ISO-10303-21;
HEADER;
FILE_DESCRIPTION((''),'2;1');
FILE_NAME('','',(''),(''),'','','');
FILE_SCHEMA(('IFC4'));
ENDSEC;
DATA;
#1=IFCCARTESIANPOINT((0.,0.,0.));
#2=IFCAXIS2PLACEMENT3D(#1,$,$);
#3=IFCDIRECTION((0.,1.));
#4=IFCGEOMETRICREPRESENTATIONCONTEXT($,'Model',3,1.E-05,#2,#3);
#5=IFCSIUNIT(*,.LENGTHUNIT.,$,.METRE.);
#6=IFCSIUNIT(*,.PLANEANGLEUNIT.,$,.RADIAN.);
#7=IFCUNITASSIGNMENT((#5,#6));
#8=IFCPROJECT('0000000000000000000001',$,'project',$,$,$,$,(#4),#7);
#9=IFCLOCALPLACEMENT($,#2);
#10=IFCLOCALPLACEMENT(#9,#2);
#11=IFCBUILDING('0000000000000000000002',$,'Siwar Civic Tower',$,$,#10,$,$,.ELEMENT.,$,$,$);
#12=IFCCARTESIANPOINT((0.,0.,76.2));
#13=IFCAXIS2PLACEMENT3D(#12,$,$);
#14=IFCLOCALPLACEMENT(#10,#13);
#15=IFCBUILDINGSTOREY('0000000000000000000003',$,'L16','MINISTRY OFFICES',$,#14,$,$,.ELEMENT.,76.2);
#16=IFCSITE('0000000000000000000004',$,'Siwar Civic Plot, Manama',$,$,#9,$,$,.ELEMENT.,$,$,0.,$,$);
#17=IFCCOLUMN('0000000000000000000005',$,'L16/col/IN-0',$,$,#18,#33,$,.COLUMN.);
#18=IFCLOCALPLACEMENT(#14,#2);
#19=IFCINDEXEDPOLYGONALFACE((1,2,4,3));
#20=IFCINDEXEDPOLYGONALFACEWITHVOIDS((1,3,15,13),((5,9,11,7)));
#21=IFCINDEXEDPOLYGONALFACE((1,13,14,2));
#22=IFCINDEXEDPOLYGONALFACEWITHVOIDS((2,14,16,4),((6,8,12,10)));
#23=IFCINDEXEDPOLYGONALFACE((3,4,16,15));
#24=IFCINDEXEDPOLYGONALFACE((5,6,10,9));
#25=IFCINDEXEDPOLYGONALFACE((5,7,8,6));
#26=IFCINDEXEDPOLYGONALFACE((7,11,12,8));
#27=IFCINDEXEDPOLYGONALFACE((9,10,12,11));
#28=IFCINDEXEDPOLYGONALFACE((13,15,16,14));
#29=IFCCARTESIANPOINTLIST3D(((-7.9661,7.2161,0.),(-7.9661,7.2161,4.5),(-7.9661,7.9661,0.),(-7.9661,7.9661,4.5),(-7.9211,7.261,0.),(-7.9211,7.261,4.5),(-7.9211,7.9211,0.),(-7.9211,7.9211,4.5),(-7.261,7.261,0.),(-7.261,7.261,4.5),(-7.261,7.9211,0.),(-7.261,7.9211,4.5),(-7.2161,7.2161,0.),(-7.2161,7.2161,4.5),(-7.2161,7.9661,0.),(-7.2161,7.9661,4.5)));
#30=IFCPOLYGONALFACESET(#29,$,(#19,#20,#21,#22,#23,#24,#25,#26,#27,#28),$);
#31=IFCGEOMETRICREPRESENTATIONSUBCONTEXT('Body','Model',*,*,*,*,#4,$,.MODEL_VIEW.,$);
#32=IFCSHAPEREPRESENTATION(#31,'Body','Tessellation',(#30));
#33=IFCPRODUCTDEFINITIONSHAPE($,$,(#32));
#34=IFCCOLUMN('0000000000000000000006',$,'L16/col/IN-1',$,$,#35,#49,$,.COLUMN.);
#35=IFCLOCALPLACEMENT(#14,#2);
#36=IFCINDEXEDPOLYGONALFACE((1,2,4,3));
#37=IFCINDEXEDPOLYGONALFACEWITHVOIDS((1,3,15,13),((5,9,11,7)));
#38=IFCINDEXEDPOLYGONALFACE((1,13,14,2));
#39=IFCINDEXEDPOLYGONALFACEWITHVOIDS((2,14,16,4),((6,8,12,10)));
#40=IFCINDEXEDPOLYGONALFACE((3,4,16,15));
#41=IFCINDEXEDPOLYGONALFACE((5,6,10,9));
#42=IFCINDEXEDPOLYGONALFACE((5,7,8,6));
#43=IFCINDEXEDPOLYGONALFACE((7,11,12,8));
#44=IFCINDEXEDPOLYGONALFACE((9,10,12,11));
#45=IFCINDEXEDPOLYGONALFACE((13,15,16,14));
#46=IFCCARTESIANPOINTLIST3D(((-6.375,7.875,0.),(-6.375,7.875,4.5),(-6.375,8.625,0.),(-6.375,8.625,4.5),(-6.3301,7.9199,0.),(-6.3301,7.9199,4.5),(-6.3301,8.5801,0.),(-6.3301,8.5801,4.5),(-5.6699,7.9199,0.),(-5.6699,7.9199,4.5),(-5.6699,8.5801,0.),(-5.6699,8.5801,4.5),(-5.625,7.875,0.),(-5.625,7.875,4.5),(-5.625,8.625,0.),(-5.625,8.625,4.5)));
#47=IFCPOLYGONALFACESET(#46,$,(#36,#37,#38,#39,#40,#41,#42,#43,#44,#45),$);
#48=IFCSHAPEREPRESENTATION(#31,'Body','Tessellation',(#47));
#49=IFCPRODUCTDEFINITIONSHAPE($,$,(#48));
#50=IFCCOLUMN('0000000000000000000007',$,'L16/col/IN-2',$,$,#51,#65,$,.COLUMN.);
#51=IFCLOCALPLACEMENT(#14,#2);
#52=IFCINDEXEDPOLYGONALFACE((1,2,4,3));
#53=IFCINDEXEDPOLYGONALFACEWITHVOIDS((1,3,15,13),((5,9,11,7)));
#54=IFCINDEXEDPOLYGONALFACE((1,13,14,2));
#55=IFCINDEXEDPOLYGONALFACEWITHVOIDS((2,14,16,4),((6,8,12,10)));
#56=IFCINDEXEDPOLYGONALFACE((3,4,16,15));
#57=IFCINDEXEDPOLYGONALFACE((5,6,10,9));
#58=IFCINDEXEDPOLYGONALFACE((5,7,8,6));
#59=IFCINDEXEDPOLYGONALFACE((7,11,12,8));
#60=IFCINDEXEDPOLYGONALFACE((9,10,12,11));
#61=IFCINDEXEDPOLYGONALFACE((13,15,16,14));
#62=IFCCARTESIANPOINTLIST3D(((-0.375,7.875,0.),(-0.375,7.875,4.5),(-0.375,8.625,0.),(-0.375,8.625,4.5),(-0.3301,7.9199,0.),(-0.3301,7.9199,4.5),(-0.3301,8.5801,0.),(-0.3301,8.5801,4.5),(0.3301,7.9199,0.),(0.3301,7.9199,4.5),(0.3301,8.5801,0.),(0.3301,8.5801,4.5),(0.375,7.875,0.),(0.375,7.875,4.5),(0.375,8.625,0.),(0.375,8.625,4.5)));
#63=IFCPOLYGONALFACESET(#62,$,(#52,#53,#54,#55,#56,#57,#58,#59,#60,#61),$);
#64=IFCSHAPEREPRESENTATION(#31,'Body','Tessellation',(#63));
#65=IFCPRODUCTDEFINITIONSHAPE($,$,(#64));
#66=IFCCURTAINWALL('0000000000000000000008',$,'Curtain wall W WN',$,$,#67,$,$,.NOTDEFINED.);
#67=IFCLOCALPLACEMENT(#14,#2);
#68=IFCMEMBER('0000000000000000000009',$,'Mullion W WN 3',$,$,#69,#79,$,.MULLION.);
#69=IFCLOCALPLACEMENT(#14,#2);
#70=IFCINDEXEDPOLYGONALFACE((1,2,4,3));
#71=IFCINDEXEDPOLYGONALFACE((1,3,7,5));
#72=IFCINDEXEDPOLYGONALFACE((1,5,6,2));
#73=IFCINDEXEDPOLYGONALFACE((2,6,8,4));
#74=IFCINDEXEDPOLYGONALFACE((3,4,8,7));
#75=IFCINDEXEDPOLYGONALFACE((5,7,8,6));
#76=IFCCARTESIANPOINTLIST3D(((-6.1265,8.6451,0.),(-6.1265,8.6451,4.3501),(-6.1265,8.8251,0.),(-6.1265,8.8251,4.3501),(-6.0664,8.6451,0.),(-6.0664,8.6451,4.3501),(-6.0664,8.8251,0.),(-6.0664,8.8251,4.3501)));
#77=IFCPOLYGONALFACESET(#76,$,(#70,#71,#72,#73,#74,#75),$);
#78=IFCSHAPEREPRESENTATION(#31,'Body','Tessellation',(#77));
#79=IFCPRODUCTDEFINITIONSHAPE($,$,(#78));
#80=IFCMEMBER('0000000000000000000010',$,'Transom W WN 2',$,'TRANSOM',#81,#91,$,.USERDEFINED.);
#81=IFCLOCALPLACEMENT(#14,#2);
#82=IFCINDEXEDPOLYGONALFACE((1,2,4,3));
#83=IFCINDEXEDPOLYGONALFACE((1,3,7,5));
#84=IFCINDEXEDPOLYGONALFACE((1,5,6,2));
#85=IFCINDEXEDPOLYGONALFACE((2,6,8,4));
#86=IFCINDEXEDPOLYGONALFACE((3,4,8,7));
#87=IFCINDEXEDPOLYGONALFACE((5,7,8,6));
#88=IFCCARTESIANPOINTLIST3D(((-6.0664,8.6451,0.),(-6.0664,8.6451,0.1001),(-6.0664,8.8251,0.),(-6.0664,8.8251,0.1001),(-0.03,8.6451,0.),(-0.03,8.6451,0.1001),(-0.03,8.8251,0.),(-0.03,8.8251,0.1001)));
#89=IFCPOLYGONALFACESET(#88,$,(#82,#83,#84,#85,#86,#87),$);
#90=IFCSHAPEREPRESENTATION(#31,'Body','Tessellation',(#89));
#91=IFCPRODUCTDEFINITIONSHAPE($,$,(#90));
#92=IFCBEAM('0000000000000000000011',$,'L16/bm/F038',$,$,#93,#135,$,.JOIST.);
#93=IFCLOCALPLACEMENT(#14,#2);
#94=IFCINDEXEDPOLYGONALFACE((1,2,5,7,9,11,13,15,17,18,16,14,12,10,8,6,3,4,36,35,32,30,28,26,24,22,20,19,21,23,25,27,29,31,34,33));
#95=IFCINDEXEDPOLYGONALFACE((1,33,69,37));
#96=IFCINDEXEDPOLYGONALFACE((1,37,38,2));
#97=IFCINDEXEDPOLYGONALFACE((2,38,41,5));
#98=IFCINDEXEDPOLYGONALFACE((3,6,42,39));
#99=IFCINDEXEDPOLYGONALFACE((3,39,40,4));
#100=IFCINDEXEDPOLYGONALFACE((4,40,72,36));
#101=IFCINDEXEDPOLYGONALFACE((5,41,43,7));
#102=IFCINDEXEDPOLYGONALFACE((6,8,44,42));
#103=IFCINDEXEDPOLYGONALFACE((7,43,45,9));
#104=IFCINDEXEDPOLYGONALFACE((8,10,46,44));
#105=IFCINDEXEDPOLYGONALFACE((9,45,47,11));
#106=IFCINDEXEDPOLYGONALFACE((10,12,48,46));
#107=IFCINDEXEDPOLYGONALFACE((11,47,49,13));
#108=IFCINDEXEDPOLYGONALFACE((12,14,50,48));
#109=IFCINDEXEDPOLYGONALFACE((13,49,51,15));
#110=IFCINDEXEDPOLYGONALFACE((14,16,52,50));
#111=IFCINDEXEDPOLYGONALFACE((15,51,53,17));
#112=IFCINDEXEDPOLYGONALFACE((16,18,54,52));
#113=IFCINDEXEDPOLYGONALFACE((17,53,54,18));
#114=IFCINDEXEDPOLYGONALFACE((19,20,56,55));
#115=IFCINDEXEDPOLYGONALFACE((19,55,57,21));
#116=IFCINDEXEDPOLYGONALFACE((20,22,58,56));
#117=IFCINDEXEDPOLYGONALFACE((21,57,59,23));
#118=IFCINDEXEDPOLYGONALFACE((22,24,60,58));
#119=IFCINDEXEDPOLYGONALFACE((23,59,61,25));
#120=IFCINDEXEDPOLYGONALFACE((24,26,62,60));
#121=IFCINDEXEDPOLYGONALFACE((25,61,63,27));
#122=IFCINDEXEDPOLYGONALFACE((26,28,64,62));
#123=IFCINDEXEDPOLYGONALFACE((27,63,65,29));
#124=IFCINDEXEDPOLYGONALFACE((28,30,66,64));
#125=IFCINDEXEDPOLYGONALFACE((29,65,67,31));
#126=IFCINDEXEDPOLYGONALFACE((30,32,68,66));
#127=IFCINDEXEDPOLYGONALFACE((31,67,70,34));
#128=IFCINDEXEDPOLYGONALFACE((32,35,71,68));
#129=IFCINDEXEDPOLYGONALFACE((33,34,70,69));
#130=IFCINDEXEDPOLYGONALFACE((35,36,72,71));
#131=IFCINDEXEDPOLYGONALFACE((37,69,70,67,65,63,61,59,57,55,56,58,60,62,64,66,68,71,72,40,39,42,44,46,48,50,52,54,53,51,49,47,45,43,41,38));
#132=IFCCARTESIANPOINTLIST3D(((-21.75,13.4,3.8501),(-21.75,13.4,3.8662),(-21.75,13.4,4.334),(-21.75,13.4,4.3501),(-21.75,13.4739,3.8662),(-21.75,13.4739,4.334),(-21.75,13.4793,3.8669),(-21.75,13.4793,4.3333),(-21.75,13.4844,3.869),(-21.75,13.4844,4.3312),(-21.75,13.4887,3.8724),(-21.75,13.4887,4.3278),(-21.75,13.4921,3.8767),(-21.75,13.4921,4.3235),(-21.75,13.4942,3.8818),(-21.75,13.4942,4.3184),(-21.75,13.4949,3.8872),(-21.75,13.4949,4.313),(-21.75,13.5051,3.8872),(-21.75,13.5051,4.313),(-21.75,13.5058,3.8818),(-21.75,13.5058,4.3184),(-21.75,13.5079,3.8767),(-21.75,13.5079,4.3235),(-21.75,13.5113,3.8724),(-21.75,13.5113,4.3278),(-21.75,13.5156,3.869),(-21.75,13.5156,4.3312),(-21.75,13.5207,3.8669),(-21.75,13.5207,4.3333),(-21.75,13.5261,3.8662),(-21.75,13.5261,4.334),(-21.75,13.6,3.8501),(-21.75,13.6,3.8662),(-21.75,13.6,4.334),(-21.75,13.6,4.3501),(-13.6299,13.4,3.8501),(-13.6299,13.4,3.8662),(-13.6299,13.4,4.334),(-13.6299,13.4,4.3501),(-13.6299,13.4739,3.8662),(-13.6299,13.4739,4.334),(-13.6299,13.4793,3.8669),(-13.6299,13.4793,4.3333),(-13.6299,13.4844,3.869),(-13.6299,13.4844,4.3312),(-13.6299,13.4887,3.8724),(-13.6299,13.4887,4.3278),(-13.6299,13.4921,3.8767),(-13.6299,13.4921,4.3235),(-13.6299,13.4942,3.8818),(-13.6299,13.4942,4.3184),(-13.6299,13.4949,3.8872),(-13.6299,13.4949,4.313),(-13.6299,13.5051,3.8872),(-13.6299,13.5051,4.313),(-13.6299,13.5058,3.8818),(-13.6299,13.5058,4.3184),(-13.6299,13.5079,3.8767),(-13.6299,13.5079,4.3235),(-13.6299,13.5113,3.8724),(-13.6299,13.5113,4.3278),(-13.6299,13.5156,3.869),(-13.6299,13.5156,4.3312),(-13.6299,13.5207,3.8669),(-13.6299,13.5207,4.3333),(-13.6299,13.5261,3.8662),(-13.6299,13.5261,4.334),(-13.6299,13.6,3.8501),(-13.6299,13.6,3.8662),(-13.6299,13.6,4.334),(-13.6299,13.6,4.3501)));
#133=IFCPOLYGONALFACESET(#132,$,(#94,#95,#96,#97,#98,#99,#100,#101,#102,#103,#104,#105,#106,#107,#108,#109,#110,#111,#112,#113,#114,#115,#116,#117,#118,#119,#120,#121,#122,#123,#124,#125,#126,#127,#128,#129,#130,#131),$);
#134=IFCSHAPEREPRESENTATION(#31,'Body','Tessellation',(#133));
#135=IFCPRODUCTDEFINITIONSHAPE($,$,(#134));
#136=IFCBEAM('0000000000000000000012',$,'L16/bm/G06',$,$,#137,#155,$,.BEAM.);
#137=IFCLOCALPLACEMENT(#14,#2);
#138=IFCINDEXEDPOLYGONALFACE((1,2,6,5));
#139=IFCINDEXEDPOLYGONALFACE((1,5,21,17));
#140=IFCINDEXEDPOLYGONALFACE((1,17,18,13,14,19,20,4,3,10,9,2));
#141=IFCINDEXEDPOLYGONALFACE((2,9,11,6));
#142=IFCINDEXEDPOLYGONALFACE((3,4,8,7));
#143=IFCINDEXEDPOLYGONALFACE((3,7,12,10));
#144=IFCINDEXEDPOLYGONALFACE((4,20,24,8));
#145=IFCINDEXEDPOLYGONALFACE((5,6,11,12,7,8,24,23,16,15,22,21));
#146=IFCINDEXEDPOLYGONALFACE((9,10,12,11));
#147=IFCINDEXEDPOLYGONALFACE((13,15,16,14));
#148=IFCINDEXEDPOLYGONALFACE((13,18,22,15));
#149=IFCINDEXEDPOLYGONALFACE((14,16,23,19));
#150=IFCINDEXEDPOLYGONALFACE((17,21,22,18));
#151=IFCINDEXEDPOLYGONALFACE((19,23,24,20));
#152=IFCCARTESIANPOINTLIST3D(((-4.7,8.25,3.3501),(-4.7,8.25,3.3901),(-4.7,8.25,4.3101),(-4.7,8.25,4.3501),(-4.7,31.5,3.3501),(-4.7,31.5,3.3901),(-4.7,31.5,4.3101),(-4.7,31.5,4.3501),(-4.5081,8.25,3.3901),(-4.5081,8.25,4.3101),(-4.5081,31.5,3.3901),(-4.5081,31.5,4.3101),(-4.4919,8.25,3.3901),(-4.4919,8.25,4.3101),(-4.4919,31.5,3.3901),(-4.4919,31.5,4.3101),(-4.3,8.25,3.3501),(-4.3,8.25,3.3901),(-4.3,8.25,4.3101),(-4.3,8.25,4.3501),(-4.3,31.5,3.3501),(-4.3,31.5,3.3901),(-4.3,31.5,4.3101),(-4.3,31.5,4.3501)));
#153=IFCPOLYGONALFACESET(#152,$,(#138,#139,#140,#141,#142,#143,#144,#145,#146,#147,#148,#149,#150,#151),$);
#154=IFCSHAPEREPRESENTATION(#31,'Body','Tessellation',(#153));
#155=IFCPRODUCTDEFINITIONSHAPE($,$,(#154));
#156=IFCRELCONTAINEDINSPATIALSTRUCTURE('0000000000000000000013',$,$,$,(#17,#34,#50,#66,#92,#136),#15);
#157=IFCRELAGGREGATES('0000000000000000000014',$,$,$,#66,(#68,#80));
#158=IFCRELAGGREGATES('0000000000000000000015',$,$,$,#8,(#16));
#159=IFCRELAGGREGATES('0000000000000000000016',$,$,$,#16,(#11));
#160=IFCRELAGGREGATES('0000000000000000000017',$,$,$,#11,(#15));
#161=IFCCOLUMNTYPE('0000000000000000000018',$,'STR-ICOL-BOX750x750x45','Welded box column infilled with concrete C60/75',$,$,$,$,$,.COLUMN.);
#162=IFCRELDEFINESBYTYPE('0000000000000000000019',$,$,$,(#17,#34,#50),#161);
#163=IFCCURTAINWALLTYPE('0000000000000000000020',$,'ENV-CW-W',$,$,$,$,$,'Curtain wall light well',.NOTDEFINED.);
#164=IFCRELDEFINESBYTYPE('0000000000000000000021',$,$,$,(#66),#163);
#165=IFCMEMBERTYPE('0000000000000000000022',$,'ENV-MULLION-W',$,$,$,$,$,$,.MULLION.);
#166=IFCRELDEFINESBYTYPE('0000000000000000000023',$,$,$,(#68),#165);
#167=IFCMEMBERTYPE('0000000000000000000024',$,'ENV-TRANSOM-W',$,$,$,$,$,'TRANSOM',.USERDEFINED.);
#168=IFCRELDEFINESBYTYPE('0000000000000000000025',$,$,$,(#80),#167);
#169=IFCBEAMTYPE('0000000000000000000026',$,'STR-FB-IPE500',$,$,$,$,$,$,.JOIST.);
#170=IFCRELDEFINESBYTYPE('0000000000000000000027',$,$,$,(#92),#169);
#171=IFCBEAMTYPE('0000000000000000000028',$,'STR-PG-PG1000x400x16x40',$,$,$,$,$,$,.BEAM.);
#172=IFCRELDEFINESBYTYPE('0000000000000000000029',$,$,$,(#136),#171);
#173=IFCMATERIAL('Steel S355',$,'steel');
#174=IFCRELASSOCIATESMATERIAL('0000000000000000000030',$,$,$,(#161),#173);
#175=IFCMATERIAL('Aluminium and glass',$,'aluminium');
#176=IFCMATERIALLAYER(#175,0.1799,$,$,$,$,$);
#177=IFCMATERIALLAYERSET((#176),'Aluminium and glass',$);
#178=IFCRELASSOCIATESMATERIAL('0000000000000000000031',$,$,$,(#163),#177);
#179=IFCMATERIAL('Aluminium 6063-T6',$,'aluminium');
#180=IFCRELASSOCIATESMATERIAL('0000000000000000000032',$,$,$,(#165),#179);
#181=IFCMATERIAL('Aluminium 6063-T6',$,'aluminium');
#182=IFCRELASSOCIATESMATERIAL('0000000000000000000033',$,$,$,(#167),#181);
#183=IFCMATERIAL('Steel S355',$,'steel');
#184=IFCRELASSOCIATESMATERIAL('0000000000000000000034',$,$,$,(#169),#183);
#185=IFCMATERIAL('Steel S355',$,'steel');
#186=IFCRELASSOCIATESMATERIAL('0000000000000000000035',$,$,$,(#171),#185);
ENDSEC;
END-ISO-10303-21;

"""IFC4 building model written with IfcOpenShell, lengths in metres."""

from ifc_helpers import new_model, si_unit, direction, frame, origin, origin_2d, place, context, subcontext, project, spatial, rectangle, hollow_rectangle, i_section, extrude, material, layer, layer_set, material_profile, profile_set, type_object, element, aggregate, save


model = new_model("IFC4")

# Units and contexts
model_context = context("Model", 3, precision=1e-05, world=origin(), true_north=direction((0.0, 1.0)))
body_context = subcontext(model_context, "Body", "Model", "MODEL_VIEW")
ifc_project = project(units=[si_unit("LENGTHUNIT", "METRE"), si_unit("PLANEANGLEUNIT", "RADIAN")], contexts=[model_context])

# Site, building, storey
site_placement = place(None, origin())
site = spatial("IfcSite", under=ifc_project, at=site_placement, Name="Siwar Civic Plot, Manama", CompositionType="ELEMENT", RefElevation=0.0)
building_placement = place(site_placement, origin())
building = spatial("IfcBuilding", under=site, at=building_placement, Name="Siwar Civic Tower", CompositionType="ELEMENT")
storey_placement = place(building_placement, frame((0.0, 0.0, 76.2)))
storey = spatial("IfcBuildingStorey", under=building, at=storey_placement, Name="L16", Description="MINISTRY OFFICES", CompositionType="ELEMENT", Elevation=76.2)

# Columns
ifc_material_1 = material(Name="Steel S355", Category="steel")
ifc_material_profile_1 = material_profile(ifc_material_1, hollow_rectangle(XDim=0.75, YDim=0.75, WallThickness=0.0449, at=origin_2d()), Name="BOX750x750x45")
ifc_profile_set_1 = profile_set([ifc_material_profile_1], Name="Steel S355")
column_type = type_object("IfcColumnType", Name="STR-ICOL-BOX750x750x45", Description="Welded box column infilled with concrete C60/75", PredefinedType="COLUMN", material=ifc_profile_set_1)
for number, where, z_axis, x_axis, name in (
    (1, (-7.5911, 7.5911, 0.0), (0.0, 0.0, 1.0), (1.0, 0.0, 0.0), "L16/col/IN-0"),
    (2, (-6.0, 8.25, 0.0), (0.0, 0.0, 1.0), (1.0, 0.0, 0.0), "L16/col/IN-1"),
    (3, (0.0, 8.25, 0.0), (0.0, 0.0, 1.0), (1.0, 0.0, 0.0), "L16/col/IN-2"),
):
    element("IfcColumn", number, at=place(storey_placement, frame(where, z_axis=z_axis, x_axis=x_axis)), inside=storey, type_object=column_type, Name=name, PredefinedType="COLUMN", context=body_context, shape_type="SweptSolid", body=[
        extrude(hollow_rectangle(XDim=0.75, YDim=0.75, WallThickness=0.0449, at=origin_2d()), origin(), (0.0, 0.0, 1.0), 4.5),
    ])

# Curtain wall, members
ifc_material_2 = material(Name="Aluminium and glass", Category="aluminium")
ifc_layer_1 = layer(ifc_material_2, 0.1799)
ifc_layer_set_1 = layer_set([ifc_layer_1], Name="Aluminium and glass")
curtain_wall_type = type_object("IfcCurtainWallType", Name="ENV-CW-W", ElementType="Curtain wall light well", PredefinedType="NOTDEFINED", material=ifc_layer_set_1)
curtain_wall_placement = place(storey_placement, origin())
curtain_wall = element("IfcCurtainWall", 4, at=curtain_wall_placement, inside=storey, type_object=curtain_wall_type, Name="Curtain wall W WN", PredefinedType="NOTDEFINED")
ifc_material_3 = material(Name="Aluminium 6063-T6", Category="aluminium")
ifc_material_profile_2 = material_profile(ifc_material_3, rectangle(XDim=0.1799, YDim=0.0601, at=origin_2d()), Name="AL 180x60")
ifc_profile_set_2 = profile_set([ifc_material_profile_2], Name="Aluminium 6063-T6")
member_type_1 = type_object("IfcMemberType", Name="ENV-MULLION-W", PredefinedType="MULLION", material=ifc_profile_set_2)
member_1_placement = place(storey_placement, frame((-6.0964, 8.7351, 0.0), z_axis=(0.0, 0.0, 1.0), x_axis=(0.0, -1.0, 0.0)))
member_1 = element("IfcMember", 5, at=member_1_placement, type_object=member_type_1, Name="Mullion W WN 3", PredefinedType="MULLION", context=body_context, shape_type="SweptSolid", body=[
    extrude(rectangle(XDim=0.1799, YDim=0.0601, at=origin_2d()), origin(), (0.0, 0.0, 1.0), 4.3501),
])
ifc_material_4 = material(Name="Aluminium 6063-T6", Category="aluminium")
ifc_material_profile_3 = material_profile(ifc_material_4, rectangle(XDim=0.1799, YDim=0.1001, at=origin_2d()), Name="AL 180x100")
ifc_profile_set_3 = profile_set([ifc_material_profile_3], Name="Aluminium 6063-T6")
member_type_2 = type_object("IfcMemberType", Name="ENV-TRANSOM-W", ElementType="TRANSOM", PredefinedType="USERDEFINED", material=ifc_profile_set_3)
member_2_placement = place(storey_placement, frame((-0.03, 8.7351, 0.05), z_axis=(-1.0, 0.0, 0.0), x_axis=(0.0, -1.0, 0.0)))
member_2 = element("IfcMember", 6, at=member_2_placement, type_object=member_type_2, Name="Transom W WN 2", ObjectType="TRANSOM", PredefinedType="USERDEFINED", context=body_context, shape_type="SweptSolid", body=[
    extrude(rectangle(XDim=0.1799, YDim=0.1001, at=origin_2d()), origin(), (0.0, 0.0, 1.0), 6.0364),
])

# Beams
ifc_material_5 = material(Name="Steel S355", Category="steel")
ifc_material_profile_4 = material_profile(ifc_material_5, i_section(OverallWidth=0.2, OverallDepth=0.5, WebThickness=0.0103, FlangeThickness=0.0161, FilletRadius=0.021, at=origin_2d()), Name="IPE500")
ifc_profile_set_4 = profile_set([ifc_material_profile_4], Name="Steel S355")
beam_type_1 = type_object("IfcBeamType", Name="STR-FB-IPE500", PredefinedType="JOIST", material=ifc_profile_set_4)
beam_1_placement = place(storey_placement, frame((-21.75, 13.5, 4.1001), z_axis=(1.0, 0.0, 0.0), x_axis=(0.0, 1.0, 0.0)))
element("IfcBeam", 7, at=beam_1_placement, inside=storey, type_object=beam_type_1, Name="L16/bm/F038", PredefinedType="JOIST", context=body_context, shape_type="SweptSolid", body=[
    extrude(i_section(OverallWidth=0.2, OverallDepth=0.5, WebThickness=0.0103, FlangeThickness=0.0161, FilletRadius=0.021, at=origin_2d()), origin(), (0.0, 0.0, 1.0), 8.1201),
])
ifc_material_6 = material(Name="Steel S355", Category="steel")
ifc_material_profile_5 = material_profile(ifc_material_6, i_section(OverallWidth=0.3999, OverallDepth=1.0, WebThickness=0.0161, FlangeThickness=0.04, at=origin_2d()), Name="PG1000x400x16x40")
ifc_profile_set_5 = profile_set([ifc_material_profile_5], Name="Steel S355")
beam_type_2 = type_object("IfcBeamType", Name="STR-PG-PG1000x400x16x40", PredefinedType="BEAM", material=ifc_profile_set_5)
beam_2_placement = place(storey_placement, frame((-4.5, 8.25, 3.8501), z_axis=(0.0, 1.0, 0.0), x_axis=(-1.0, 0.0, 0.0)))
element("IfcBeam", 8, at=beam_2_placement, inside=storey, type_object=beam_type_2, Name="L16/bm/G06", PredefinedType="BEAM", context=body_context, shape_type="SweptSolid", body=[
    extrude(i_section(OverallWidth=0.3999, OverallDepth=1.0, WebThickness=0.0161, FlangeThickness=0.04, at=origin_2d()), origin(), (0.0, 0.0, 1.0), 23.25),
])

aggregate(curtain_wall, [member_1, member_2])

save(model, "model.ifc")
